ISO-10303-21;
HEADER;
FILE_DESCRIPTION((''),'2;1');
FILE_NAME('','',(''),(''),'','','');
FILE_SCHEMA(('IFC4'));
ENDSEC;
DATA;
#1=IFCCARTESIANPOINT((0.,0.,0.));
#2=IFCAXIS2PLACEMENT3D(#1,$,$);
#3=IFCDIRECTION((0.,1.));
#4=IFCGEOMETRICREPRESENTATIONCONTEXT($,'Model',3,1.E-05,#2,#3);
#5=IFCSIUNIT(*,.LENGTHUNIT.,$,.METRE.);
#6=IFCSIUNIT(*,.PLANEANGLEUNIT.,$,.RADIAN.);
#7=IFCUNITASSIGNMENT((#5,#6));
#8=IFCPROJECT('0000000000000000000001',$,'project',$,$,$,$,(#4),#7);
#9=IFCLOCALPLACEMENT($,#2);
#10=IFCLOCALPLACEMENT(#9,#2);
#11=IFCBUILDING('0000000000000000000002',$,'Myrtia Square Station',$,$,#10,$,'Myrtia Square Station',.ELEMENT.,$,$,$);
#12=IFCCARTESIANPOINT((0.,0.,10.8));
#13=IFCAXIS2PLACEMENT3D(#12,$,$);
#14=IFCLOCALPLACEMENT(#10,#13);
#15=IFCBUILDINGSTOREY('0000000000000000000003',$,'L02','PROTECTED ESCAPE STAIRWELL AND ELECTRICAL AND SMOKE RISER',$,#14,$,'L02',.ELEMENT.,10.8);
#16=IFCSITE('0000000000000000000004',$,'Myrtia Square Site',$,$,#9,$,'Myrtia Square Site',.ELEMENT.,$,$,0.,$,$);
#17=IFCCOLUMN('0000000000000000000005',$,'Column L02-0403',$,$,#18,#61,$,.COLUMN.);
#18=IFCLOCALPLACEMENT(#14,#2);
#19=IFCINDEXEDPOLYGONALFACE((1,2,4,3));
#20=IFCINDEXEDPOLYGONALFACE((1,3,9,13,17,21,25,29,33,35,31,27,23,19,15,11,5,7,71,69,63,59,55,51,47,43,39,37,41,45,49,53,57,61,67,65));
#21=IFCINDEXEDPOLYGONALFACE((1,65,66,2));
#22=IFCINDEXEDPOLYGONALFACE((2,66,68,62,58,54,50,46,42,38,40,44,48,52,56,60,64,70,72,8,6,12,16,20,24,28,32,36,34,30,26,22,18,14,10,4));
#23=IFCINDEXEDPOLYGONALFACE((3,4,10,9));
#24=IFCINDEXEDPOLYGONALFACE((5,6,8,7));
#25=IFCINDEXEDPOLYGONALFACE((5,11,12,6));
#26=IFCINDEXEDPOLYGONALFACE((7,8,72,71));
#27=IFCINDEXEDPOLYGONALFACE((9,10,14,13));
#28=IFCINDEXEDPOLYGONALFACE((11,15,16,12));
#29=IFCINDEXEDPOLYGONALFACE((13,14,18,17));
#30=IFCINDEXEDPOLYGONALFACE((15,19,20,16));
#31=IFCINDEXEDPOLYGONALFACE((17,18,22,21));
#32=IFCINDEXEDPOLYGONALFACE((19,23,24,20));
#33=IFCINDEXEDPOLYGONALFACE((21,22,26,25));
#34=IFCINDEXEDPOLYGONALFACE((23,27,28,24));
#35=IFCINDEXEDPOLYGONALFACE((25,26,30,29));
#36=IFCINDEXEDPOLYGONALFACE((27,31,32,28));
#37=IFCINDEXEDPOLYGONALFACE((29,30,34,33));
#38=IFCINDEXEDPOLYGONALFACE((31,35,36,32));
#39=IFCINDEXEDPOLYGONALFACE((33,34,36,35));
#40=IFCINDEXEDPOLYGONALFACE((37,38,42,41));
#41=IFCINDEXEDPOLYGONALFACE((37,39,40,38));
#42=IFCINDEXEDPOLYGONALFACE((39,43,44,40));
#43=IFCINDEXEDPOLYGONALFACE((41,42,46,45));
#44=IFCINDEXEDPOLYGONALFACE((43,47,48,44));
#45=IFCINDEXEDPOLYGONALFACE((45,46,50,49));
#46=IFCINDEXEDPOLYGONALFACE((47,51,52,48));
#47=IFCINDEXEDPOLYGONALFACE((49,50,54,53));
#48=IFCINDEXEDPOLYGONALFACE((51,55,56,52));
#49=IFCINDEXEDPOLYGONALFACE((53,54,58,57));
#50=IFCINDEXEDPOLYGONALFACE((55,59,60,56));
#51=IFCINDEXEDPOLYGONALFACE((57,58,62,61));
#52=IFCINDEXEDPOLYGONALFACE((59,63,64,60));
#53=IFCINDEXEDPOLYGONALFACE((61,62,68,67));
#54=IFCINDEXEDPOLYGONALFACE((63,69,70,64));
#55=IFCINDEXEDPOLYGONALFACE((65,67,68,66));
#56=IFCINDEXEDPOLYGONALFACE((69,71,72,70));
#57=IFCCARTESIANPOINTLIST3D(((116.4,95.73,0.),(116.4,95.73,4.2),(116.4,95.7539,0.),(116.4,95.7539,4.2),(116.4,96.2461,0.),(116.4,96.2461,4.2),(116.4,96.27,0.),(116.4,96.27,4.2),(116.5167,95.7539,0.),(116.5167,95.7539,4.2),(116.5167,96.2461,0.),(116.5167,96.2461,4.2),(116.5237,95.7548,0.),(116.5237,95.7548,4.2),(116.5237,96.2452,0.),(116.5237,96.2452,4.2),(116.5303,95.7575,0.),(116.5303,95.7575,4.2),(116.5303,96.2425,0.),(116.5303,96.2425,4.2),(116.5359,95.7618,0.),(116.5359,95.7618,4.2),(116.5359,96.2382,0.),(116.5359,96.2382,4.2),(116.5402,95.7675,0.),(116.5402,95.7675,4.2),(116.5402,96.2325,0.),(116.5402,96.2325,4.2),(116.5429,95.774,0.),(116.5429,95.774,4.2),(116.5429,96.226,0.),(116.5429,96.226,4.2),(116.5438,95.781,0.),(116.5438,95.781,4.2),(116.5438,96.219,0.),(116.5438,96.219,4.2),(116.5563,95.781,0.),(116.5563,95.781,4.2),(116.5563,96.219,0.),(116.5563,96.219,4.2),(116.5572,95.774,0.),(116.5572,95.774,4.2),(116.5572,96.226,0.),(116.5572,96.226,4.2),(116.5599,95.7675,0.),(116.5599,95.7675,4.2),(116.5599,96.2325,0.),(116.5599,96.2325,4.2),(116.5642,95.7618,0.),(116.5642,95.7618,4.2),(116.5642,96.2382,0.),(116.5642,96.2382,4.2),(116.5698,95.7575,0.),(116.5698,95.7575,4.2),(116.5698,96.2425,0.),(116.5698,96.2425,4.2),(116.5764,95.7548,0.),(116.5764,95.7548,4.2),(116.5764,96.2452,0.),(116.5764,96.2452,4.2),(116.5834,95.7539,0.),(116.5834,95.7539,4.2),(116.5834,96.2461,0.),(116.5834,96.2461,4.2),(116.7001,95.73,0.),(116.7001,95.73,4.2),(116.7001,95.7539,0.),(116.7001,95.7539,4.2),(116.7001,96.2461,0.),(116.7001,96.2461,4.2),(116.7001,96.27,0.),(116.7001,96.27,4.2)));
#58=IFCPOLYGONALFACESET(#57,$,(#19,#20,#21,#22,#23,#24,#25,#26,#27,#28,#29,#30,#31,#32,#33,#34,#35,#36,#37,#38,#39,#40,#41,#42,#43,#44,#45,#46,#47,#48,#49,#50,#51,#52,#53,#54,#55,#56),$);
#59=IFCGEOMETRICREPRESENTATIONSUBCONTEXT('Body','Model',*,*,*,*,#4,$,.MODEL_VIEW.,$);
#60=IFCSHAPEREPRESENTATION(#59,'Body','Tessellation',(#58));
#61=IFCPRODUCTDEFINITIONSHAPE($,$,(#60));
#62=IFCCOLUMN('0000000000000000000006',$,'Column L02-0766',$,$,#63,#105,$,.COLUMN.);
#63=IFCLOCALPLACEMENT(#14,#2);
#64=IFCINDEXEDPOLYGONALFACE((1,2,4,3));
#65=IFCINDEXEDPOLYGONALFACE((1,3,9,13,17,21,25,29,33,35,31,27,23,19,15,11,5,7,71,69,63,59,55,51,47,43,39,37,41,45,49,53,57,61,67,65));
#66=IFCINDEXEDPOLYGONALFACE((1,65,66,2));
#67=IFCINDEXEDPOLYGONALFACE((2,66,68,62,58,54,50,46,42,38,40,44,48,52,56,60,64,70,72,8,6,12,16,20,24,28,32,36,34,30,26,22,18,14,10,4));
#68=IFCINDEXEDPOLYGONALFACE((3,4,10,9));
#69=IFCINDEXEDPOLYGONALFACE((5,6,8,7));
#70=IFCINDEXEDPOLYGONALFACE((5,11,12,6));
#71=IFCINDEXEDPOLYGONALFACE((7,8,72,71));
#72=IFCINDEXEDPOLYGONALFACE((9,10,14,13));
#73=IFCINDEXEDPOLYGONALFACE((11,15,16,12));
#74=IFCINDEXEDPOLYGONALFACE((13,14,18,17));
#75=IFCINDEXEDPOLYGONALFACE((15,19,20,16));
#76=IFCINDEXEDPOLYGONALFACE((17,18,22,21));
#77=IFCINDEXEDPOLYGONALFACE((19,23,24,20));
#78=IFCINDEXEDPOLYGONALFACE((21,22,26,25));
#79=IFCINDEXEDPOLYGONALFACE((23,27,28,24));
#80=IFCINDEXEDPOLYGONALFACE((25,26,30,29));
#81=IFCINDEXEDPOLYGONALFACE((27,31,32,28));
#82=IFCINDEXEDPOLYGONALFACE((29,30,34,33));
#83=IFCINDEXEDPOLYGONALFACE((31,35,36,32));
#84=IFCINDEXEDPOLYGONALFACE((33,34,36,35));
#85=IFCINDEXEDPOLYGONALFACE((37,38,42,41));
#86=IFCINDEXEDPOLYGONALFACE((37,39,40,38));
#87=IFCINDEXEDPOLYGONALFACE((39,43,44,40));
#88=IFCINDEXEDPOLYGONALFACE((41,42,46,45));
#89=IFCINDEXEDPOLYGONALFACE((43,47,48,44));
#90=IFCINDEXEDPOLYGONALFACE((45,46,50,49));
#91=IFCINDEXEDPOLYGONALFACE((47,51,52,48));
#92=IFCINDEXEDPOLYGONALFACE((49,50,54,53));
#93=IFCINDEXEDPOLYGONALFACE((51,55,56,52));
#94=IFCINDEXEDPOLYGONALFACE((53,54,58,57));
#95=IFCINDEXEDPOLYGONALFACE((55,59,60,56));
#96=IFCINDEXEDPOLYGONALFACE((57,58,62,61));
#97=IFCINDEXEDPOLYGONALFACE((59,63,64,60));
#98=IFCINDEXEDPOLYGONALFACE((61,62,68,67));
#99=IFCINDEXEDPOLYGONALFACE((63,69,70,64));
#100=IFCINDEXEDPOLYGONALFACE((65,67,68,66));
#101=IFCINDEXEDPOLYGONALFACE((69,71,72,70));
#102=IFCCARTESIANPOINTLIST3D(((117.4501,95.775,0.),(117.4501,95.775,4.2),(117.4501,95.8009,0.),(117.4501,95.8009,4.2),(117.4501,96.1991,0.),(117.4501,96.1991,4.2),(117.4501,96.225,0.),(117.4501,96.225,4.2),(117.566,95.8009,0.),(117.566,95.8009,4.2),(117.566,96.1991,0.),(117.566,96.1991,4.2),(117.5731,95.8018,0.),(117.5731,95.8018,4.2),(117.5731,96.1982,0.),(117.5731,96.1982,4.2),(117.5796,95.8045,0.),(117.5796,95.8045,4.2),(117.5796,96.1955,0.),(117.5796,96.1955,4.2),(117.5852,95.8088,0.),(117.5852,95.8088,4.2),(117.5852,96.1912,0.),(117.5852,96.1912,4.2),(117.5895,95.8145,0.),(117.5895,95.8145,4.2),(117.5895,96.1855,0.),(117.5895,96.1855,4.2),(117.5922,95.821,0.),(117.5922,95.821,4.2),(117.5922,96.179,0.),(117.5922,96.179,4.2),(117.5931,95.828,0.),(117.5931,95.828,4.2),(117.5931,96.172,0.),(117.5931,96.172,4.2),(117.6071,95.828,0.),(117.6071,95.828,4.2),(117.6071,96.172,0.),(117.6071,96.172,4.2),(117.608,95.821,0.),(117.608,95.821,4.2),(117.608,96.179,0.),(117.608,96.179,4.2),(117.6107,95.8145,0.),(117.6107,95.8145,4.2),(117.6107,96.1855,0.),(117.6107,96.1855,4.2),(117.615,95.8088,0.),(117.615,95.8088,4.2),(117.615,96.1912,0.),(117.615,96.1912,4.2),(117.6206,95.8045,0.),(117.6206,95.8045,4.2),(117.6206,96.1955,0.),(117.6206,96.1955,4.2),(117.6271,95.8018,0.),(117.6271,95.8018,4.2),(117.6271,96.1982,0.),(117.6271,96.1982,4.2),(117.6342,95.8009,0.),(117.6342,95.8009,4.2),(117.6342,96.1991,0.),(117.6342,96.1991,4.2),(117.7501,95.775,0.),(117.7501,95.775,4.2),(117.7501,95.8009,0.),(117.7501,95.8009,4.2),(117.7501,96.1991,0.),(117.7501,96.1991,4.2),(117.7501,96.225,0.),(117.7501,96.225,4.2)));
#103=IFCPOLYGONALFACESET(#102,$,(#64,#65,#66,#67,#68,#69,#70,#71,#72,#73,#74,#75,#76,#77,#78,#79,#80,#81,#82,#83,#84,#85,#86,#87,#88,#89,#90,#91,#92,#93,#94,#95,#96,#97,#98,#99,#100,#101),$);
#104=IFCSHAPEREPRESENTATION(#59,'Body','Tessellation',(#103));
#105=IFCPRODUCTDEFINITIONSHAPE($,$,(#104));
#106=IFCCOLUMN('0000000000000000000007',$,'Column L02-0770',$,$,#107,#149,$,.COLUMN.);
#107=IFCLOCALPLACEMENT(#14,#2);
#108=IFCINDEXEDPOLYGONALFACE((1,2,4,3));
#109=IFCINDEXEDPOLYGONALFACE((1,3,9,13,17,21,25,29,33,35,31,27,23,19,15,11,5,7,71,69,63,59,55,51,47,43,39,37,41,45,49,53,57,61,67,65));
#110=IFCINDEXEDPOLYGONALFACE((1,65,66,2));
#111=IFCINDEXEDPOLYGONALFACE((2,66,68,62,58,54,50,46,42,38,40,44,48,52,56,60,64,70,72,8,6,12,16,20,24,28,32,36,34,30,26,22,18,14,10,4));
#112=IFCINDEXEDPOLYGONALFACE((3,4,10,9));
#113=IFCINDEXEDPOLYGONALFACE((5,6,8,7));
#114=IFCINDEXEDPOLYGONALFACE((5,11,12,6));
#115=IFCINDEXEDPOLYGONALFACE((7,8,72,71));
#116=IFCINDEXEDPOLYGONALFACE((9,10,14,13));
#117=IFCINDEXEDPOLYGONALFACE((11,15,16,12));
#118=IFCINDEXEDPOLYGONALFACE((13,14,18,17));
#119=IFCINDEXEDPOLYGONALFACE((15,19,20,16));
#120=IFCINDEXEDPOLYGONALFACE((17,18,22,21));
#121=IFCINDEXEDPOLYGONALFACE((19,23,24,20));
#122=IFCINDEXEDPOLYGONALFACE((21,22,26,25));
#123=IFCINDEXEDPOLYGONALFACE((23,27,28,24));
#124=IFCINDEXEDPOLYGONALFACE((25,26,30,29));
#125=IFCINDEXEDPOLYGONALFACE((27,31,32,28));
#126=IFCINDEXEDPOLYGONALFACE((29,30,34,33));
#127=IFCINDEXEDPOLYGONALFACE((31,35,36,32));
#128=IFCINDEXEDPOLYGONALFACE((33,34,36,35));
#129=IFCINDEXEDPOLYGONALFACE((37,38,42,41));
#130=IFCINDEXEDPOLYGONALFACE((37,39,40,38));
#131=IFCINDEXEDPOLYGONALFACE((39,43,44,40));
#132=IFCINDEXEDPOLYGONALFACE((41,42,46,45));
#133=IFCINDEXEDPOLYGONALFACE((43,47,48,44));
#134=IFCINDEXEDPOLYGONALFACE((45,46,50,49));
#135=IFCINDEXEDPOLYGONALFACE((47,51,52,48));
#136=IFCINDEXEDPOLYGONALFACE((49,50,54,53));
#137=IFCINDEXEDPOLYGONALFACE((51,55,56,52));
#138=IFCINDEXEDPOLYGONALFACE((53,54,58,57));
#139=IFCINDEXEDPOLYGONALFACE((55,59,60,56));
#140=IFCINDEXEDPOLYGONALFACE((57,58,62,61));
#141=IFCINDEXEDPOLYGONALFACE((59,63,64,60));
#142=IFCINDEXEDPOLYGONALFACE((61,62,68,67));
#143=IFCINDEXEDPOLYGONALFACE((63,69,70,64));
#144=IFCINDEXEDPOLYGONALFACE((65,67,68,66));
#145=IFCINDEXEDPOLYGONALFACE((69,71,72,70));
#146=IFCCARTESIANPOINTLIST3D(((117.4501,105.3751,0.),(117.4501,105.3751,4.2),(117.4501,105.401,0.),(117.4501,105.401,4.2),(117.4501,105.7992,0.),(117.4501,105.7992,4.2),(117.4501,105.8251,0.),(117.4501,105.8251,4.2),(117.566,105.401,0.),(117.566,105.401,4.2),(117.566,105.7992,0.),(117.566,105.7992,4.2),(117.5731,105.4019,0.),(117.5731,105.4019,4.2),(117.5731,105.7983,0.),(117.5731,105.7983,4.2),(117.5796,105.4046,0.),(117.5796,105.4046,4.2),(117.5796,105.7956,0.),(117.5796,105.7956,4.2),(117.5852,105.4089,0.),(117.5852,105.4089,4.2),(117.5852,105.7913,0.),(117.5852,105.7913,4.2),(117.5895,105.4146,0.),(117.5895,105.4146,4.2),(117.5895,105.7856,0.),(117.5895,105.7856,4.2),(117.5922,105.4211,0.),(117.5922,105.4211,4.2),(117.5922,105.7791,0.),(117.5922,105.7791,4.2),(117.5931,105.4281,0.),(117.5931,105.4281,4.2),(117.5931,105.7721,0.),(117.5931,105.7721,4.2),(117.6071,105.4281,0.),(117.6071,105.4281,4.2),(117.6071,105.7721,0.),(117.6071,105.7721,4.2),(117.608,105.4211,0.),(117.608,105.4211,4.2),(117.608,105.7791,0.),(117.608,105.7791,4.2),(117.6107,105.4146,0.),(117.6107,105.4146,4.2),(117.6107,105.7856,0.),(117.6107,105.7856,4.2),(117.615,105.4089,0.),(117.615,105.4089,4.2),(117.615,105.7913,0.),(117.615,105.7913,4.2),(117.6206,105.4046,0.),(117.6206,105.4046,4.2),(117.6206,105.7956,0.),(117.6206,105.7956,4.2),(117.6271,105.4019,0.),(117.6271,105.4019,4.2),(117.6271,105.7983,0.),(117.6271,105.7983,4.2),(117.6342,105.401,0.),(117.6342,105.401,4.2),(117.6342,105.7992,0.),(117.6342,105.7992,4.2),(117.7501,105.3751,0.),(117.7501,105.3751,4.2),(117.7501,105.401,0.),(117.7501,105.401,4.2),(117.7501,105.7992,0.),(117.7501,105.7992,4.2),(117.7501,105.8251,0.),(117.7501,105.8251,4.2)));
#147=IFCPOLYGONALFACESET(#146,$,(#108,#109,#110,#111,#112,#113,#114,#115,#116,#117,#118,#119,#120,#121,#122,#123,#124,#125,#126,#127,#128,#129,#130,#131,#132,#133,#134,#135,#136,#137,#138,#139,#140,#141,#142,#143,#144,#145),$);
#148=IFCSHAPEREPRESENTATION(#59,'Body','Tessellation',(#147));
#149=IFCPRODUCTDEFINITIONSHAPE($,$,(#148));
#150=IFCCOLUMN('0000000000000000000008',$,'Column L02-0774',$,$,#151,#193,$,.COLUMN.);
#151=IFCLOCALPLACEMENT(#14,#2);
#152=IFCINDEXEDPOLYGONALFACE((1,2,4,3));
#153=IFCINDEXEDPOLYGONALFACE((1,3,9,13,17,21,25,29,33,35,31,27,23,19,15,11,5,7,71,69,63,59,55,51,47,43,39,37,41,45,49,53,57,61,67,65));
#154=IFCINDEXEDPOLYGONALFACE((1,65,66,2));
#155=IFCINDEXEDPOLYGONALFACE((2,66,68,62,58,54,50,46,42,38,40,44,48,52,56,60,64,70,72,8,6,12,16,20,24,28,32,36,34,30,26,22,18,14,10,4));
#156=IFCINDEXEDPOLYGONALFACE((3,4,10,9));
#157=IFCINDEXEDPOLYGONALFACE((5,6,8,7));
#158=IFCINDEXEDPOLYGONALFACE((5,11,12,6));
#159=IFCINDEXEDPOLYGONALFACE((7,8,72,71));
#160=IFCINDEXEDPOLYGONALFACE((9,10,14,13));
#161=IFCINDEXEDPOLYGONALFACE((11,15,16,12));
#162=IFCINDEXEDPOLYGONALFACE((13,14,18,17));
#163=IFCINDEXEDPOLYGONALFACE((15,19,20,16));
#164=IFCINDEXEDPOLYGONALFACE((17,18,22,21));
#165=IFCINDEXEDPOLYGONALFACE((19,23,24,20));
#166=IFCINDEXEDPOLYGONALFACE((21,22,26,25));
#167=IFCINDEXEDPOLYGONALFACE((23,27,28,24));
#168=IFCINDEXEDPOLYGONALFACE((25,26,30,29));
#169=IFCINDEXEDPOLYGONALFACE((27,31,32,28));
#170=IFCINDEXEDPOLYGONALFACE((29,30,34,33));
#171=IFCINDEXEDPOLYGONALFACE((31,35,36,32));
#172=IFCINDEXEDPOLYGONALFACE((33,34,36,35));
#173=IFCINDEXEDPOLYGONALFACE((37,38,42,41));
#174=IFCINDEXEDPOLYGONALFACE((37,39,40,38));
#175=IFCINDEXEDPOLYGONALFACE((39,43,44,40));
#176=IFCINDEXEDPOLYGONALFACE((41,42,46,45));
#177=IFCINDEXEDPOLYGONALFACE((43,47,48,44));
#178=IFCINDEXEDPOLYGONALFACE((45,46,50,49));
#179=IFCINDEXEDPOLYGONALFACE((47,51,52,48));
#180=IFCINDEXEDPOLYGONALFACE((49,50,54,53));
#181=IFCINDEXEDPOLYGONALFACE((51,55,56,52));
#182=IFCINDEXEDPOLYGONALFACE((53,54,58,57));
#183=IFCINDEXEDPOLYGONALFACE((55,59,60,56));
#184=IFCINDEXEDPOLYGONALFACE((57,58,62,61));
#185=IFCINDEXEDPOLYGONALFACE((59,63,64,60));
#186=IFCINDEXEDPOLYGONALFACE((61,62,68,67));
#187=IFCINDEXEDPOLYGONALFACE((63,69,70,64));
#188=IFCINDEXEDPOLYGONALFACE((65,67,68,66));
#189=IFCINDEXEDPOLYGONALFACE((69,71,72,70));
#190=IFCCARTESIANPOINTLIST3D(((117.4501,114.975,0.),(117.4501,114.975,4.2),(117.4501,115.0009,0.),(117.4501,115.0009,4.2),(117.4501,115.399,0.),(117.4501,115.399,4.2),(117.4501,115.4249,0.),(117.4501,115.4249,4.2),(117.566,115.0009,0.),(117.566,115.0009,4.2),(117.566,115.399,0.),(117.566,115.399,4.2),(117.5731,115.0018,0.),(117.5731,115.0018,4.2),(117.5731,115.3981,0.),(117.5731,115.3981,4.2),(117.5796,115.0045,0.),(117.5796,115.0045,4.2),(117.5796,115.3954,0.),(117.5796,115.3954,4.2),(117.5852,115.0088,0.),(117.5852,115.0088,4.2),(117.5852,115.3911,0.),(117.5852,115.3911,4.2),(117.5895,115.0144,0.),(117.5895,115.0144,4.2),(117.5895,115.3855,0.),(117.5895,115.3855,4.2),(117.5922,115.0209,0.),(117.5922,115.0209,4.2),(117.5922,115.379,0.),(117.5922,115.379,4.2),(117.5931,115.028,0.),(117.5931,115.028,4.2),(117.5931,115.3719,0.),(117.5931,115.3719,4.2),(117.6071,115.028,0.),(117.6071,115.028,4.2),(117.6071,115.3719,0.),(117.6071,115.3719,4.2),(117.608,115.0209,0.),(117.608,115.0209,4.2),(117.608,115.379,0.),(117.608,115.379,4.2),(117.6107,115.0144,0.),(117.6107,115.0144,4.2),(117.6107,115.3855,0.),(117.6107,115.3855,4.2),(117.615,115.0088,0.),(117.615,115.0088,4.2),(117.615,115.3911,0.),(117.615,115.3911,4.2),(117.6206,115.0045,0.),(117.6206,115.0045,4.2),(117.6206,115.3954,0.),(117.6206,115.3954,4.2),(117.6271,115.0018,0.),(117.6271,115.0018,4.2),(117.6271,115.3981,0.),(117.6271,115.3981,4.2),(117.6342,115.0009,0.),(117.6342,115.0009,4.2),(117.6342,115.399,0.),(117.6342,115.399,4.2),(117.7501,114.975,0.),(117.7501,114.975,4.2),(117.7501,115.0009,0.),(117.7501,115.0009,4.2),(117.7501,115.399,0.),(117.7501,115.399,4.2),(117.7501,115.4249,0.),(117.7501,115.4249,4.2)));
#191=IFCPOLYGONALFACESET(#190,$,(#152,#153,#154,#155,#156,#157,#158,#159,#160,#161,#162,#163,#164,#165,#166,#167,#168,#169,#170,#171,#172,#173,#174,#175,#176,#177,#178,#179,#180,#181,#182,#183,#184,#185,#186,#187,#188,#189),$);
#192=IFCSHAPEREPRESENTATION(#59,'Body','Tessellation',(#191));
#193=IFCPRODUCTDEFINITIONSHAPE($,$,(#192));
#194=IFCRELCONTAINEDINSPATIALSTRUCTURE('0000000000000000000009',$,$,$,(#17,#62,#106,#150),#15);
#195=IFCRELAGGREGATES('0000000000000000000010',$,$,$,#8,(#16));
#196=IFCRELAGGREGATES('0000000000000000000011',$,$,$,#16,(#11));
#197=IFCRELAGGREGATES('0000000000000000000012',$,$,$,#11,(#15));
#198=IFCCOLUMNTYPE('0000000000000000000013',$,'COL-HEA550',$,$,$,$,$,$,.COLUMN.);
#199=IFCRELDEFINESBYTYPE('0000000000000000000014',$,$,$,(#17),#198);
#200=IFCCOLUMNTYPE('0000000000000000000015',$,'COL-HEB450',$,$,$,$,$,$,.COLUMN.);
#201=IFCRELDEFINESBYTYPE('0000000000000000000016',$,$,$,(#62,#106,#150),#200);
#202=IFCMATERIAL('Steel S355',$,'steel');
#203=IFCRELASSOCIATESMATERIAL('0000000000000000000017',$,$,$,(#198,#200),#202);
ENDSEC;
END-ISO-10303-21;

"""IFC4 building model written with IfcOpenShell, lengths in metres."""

from ifc_helpers import new_model, si_unit, direction, frame, origin, origin_2d, place, context, subcontext, project, spatial, i_section, extrude, material, material_profile, profile_set, type_object, element, save


model = new_model("IFC4")

# Units and contexts
model_context = context("Model", 3, precision=1e-05, world=origin(), true_north=direction((0.0, 1.0)))
body_context = subcontext(model_context, "Body", "Model", "MODEL_VIEW")
ifc_project = project(units=[si_unit("LENGTHUNIT", "METRE"), si_unit("PLANEANGLEUNIT", "RADIAN")], contexts=[model_context])

# Site, building, storey
site_placement = place(None, origin())
site = spatial("IfcSite", under=ifc_project, at=site_placement, Name="Myrtia Square Site", LongName="Myrtia Square Site", CompositionType="ELEMENT", RefElevation=0.0)
building_placement = place(site_placement, origin())
building = spatial("IfcBuilding", under=site, at=building_placement, Name="Myrtia Square Station", LongName="Myrtia Square Station", CompositionType="ELEMENT")
storey_placement = place(building_placement, frame((0.0, 0.0, 10.8)))
storey = spatial("IfcBuildingStorey", under=building, at=storey_placement, Name="L02", Description="PROTECTED ESCAPE STAIRWELL AND ELECTRICAL AND SMOKE RISER", LongName="L02", CompositionType="ELEMENT", Elevation=10.8)

# Columns
ifc_material_1 = material(Name="Steel S355", Category="steel")
ifc_material_profile_1 = material_profile(ifc_material_1, i_section(OverallWidth=0.3, OverallDepth=0.54, WebThickness=0.0125, FlangeThickness=0.0239, FilletRadius=0.0271, at=origin_2d()), Name="HEA 550")
ifc_profile_set_1 = profile_set([ifc_material_profile_1], Name="Steel S355")
column_type_1 = type_object("IfcColumnType", Name="COL-HEA550", PredefinedType="COLUMN", material=ifc_profile_set_1)
column_1_placement = place(storey_placement, frame((116.55, 96.0, 0.0), z_axis=(0.0, 0.0, 1.0), x_axis=(1.0, 0.0, 0.0)))
element("IfcColumn", 1, at=column_1_placement, inside=storey, type_object=column_type_1, Name="Column L02-0403", PredefinedType="COLUMN", context=body_context, shape_type="SweptSolid", body=[
    extrude(i_section(OverallWidth=0.3, OverallDepth=0.54, WebThickness=0.0125, FlangeThickness=0.0239, FilletRadius=0.0271, at=origin_2d()), origin(), (0.0, 0.0, 1.0), 4.2),
])
ifc_material_profile_2 = material_profile(ifc_material_1, i_section(OverallWidth=0.3, OverallDepth=0.45, WebThickness=0.0139, FlangeThickness=0.0259, FilletRadius=0.0271, at=origin_2d()), Name="HEB 450")
ifc_profile_set_2 = profile_set([ifc_material_profile_2], Name="Steel S355")
column_type_2 = type_object("IfcColumnType", Name="COL-HEB450", PredefinedType="COLUMN", material=ifc_profile_set_2)
for number, where, z_axis, x_axis, name in (
    (2, (117.6001, 96.0, 0.0), (0.0, 0.0, 1.0), (1.0, 0.0, 0.0), "Column L02-0766"),
    (3, (117.6001, 105.6001, 0.0), (0.0, 0.0, 1.0), (1.0, 0.0, 0.0), "Column L02-0770"),
    (4, (117.6001, 115.2, 0.0), (0.0, 0.0, 1.0), (1.0, 0.0, 0.0), "Column L02-0774"),
):
    element("IfcColumn", number, at=place(storey_placement, frame(where, z_axis=z_axis, x_axis=x_axis)), inside=storey, type_object=column_type_2, Name=name, PredefinedType="COLUMN", context=body_context, shape_type="SweptSolid", body=[
        extrude(i_section(OverallWidth=0.3, OverallDepth=0.45, WebThickness=0.0139, FlangeThickness=0.0259, FilletRadius=0.0271, at=origin_2d()), origin(), (0.0, 0.0, 1.0), 4.2),
    ])

save(model, "model.ifc")
